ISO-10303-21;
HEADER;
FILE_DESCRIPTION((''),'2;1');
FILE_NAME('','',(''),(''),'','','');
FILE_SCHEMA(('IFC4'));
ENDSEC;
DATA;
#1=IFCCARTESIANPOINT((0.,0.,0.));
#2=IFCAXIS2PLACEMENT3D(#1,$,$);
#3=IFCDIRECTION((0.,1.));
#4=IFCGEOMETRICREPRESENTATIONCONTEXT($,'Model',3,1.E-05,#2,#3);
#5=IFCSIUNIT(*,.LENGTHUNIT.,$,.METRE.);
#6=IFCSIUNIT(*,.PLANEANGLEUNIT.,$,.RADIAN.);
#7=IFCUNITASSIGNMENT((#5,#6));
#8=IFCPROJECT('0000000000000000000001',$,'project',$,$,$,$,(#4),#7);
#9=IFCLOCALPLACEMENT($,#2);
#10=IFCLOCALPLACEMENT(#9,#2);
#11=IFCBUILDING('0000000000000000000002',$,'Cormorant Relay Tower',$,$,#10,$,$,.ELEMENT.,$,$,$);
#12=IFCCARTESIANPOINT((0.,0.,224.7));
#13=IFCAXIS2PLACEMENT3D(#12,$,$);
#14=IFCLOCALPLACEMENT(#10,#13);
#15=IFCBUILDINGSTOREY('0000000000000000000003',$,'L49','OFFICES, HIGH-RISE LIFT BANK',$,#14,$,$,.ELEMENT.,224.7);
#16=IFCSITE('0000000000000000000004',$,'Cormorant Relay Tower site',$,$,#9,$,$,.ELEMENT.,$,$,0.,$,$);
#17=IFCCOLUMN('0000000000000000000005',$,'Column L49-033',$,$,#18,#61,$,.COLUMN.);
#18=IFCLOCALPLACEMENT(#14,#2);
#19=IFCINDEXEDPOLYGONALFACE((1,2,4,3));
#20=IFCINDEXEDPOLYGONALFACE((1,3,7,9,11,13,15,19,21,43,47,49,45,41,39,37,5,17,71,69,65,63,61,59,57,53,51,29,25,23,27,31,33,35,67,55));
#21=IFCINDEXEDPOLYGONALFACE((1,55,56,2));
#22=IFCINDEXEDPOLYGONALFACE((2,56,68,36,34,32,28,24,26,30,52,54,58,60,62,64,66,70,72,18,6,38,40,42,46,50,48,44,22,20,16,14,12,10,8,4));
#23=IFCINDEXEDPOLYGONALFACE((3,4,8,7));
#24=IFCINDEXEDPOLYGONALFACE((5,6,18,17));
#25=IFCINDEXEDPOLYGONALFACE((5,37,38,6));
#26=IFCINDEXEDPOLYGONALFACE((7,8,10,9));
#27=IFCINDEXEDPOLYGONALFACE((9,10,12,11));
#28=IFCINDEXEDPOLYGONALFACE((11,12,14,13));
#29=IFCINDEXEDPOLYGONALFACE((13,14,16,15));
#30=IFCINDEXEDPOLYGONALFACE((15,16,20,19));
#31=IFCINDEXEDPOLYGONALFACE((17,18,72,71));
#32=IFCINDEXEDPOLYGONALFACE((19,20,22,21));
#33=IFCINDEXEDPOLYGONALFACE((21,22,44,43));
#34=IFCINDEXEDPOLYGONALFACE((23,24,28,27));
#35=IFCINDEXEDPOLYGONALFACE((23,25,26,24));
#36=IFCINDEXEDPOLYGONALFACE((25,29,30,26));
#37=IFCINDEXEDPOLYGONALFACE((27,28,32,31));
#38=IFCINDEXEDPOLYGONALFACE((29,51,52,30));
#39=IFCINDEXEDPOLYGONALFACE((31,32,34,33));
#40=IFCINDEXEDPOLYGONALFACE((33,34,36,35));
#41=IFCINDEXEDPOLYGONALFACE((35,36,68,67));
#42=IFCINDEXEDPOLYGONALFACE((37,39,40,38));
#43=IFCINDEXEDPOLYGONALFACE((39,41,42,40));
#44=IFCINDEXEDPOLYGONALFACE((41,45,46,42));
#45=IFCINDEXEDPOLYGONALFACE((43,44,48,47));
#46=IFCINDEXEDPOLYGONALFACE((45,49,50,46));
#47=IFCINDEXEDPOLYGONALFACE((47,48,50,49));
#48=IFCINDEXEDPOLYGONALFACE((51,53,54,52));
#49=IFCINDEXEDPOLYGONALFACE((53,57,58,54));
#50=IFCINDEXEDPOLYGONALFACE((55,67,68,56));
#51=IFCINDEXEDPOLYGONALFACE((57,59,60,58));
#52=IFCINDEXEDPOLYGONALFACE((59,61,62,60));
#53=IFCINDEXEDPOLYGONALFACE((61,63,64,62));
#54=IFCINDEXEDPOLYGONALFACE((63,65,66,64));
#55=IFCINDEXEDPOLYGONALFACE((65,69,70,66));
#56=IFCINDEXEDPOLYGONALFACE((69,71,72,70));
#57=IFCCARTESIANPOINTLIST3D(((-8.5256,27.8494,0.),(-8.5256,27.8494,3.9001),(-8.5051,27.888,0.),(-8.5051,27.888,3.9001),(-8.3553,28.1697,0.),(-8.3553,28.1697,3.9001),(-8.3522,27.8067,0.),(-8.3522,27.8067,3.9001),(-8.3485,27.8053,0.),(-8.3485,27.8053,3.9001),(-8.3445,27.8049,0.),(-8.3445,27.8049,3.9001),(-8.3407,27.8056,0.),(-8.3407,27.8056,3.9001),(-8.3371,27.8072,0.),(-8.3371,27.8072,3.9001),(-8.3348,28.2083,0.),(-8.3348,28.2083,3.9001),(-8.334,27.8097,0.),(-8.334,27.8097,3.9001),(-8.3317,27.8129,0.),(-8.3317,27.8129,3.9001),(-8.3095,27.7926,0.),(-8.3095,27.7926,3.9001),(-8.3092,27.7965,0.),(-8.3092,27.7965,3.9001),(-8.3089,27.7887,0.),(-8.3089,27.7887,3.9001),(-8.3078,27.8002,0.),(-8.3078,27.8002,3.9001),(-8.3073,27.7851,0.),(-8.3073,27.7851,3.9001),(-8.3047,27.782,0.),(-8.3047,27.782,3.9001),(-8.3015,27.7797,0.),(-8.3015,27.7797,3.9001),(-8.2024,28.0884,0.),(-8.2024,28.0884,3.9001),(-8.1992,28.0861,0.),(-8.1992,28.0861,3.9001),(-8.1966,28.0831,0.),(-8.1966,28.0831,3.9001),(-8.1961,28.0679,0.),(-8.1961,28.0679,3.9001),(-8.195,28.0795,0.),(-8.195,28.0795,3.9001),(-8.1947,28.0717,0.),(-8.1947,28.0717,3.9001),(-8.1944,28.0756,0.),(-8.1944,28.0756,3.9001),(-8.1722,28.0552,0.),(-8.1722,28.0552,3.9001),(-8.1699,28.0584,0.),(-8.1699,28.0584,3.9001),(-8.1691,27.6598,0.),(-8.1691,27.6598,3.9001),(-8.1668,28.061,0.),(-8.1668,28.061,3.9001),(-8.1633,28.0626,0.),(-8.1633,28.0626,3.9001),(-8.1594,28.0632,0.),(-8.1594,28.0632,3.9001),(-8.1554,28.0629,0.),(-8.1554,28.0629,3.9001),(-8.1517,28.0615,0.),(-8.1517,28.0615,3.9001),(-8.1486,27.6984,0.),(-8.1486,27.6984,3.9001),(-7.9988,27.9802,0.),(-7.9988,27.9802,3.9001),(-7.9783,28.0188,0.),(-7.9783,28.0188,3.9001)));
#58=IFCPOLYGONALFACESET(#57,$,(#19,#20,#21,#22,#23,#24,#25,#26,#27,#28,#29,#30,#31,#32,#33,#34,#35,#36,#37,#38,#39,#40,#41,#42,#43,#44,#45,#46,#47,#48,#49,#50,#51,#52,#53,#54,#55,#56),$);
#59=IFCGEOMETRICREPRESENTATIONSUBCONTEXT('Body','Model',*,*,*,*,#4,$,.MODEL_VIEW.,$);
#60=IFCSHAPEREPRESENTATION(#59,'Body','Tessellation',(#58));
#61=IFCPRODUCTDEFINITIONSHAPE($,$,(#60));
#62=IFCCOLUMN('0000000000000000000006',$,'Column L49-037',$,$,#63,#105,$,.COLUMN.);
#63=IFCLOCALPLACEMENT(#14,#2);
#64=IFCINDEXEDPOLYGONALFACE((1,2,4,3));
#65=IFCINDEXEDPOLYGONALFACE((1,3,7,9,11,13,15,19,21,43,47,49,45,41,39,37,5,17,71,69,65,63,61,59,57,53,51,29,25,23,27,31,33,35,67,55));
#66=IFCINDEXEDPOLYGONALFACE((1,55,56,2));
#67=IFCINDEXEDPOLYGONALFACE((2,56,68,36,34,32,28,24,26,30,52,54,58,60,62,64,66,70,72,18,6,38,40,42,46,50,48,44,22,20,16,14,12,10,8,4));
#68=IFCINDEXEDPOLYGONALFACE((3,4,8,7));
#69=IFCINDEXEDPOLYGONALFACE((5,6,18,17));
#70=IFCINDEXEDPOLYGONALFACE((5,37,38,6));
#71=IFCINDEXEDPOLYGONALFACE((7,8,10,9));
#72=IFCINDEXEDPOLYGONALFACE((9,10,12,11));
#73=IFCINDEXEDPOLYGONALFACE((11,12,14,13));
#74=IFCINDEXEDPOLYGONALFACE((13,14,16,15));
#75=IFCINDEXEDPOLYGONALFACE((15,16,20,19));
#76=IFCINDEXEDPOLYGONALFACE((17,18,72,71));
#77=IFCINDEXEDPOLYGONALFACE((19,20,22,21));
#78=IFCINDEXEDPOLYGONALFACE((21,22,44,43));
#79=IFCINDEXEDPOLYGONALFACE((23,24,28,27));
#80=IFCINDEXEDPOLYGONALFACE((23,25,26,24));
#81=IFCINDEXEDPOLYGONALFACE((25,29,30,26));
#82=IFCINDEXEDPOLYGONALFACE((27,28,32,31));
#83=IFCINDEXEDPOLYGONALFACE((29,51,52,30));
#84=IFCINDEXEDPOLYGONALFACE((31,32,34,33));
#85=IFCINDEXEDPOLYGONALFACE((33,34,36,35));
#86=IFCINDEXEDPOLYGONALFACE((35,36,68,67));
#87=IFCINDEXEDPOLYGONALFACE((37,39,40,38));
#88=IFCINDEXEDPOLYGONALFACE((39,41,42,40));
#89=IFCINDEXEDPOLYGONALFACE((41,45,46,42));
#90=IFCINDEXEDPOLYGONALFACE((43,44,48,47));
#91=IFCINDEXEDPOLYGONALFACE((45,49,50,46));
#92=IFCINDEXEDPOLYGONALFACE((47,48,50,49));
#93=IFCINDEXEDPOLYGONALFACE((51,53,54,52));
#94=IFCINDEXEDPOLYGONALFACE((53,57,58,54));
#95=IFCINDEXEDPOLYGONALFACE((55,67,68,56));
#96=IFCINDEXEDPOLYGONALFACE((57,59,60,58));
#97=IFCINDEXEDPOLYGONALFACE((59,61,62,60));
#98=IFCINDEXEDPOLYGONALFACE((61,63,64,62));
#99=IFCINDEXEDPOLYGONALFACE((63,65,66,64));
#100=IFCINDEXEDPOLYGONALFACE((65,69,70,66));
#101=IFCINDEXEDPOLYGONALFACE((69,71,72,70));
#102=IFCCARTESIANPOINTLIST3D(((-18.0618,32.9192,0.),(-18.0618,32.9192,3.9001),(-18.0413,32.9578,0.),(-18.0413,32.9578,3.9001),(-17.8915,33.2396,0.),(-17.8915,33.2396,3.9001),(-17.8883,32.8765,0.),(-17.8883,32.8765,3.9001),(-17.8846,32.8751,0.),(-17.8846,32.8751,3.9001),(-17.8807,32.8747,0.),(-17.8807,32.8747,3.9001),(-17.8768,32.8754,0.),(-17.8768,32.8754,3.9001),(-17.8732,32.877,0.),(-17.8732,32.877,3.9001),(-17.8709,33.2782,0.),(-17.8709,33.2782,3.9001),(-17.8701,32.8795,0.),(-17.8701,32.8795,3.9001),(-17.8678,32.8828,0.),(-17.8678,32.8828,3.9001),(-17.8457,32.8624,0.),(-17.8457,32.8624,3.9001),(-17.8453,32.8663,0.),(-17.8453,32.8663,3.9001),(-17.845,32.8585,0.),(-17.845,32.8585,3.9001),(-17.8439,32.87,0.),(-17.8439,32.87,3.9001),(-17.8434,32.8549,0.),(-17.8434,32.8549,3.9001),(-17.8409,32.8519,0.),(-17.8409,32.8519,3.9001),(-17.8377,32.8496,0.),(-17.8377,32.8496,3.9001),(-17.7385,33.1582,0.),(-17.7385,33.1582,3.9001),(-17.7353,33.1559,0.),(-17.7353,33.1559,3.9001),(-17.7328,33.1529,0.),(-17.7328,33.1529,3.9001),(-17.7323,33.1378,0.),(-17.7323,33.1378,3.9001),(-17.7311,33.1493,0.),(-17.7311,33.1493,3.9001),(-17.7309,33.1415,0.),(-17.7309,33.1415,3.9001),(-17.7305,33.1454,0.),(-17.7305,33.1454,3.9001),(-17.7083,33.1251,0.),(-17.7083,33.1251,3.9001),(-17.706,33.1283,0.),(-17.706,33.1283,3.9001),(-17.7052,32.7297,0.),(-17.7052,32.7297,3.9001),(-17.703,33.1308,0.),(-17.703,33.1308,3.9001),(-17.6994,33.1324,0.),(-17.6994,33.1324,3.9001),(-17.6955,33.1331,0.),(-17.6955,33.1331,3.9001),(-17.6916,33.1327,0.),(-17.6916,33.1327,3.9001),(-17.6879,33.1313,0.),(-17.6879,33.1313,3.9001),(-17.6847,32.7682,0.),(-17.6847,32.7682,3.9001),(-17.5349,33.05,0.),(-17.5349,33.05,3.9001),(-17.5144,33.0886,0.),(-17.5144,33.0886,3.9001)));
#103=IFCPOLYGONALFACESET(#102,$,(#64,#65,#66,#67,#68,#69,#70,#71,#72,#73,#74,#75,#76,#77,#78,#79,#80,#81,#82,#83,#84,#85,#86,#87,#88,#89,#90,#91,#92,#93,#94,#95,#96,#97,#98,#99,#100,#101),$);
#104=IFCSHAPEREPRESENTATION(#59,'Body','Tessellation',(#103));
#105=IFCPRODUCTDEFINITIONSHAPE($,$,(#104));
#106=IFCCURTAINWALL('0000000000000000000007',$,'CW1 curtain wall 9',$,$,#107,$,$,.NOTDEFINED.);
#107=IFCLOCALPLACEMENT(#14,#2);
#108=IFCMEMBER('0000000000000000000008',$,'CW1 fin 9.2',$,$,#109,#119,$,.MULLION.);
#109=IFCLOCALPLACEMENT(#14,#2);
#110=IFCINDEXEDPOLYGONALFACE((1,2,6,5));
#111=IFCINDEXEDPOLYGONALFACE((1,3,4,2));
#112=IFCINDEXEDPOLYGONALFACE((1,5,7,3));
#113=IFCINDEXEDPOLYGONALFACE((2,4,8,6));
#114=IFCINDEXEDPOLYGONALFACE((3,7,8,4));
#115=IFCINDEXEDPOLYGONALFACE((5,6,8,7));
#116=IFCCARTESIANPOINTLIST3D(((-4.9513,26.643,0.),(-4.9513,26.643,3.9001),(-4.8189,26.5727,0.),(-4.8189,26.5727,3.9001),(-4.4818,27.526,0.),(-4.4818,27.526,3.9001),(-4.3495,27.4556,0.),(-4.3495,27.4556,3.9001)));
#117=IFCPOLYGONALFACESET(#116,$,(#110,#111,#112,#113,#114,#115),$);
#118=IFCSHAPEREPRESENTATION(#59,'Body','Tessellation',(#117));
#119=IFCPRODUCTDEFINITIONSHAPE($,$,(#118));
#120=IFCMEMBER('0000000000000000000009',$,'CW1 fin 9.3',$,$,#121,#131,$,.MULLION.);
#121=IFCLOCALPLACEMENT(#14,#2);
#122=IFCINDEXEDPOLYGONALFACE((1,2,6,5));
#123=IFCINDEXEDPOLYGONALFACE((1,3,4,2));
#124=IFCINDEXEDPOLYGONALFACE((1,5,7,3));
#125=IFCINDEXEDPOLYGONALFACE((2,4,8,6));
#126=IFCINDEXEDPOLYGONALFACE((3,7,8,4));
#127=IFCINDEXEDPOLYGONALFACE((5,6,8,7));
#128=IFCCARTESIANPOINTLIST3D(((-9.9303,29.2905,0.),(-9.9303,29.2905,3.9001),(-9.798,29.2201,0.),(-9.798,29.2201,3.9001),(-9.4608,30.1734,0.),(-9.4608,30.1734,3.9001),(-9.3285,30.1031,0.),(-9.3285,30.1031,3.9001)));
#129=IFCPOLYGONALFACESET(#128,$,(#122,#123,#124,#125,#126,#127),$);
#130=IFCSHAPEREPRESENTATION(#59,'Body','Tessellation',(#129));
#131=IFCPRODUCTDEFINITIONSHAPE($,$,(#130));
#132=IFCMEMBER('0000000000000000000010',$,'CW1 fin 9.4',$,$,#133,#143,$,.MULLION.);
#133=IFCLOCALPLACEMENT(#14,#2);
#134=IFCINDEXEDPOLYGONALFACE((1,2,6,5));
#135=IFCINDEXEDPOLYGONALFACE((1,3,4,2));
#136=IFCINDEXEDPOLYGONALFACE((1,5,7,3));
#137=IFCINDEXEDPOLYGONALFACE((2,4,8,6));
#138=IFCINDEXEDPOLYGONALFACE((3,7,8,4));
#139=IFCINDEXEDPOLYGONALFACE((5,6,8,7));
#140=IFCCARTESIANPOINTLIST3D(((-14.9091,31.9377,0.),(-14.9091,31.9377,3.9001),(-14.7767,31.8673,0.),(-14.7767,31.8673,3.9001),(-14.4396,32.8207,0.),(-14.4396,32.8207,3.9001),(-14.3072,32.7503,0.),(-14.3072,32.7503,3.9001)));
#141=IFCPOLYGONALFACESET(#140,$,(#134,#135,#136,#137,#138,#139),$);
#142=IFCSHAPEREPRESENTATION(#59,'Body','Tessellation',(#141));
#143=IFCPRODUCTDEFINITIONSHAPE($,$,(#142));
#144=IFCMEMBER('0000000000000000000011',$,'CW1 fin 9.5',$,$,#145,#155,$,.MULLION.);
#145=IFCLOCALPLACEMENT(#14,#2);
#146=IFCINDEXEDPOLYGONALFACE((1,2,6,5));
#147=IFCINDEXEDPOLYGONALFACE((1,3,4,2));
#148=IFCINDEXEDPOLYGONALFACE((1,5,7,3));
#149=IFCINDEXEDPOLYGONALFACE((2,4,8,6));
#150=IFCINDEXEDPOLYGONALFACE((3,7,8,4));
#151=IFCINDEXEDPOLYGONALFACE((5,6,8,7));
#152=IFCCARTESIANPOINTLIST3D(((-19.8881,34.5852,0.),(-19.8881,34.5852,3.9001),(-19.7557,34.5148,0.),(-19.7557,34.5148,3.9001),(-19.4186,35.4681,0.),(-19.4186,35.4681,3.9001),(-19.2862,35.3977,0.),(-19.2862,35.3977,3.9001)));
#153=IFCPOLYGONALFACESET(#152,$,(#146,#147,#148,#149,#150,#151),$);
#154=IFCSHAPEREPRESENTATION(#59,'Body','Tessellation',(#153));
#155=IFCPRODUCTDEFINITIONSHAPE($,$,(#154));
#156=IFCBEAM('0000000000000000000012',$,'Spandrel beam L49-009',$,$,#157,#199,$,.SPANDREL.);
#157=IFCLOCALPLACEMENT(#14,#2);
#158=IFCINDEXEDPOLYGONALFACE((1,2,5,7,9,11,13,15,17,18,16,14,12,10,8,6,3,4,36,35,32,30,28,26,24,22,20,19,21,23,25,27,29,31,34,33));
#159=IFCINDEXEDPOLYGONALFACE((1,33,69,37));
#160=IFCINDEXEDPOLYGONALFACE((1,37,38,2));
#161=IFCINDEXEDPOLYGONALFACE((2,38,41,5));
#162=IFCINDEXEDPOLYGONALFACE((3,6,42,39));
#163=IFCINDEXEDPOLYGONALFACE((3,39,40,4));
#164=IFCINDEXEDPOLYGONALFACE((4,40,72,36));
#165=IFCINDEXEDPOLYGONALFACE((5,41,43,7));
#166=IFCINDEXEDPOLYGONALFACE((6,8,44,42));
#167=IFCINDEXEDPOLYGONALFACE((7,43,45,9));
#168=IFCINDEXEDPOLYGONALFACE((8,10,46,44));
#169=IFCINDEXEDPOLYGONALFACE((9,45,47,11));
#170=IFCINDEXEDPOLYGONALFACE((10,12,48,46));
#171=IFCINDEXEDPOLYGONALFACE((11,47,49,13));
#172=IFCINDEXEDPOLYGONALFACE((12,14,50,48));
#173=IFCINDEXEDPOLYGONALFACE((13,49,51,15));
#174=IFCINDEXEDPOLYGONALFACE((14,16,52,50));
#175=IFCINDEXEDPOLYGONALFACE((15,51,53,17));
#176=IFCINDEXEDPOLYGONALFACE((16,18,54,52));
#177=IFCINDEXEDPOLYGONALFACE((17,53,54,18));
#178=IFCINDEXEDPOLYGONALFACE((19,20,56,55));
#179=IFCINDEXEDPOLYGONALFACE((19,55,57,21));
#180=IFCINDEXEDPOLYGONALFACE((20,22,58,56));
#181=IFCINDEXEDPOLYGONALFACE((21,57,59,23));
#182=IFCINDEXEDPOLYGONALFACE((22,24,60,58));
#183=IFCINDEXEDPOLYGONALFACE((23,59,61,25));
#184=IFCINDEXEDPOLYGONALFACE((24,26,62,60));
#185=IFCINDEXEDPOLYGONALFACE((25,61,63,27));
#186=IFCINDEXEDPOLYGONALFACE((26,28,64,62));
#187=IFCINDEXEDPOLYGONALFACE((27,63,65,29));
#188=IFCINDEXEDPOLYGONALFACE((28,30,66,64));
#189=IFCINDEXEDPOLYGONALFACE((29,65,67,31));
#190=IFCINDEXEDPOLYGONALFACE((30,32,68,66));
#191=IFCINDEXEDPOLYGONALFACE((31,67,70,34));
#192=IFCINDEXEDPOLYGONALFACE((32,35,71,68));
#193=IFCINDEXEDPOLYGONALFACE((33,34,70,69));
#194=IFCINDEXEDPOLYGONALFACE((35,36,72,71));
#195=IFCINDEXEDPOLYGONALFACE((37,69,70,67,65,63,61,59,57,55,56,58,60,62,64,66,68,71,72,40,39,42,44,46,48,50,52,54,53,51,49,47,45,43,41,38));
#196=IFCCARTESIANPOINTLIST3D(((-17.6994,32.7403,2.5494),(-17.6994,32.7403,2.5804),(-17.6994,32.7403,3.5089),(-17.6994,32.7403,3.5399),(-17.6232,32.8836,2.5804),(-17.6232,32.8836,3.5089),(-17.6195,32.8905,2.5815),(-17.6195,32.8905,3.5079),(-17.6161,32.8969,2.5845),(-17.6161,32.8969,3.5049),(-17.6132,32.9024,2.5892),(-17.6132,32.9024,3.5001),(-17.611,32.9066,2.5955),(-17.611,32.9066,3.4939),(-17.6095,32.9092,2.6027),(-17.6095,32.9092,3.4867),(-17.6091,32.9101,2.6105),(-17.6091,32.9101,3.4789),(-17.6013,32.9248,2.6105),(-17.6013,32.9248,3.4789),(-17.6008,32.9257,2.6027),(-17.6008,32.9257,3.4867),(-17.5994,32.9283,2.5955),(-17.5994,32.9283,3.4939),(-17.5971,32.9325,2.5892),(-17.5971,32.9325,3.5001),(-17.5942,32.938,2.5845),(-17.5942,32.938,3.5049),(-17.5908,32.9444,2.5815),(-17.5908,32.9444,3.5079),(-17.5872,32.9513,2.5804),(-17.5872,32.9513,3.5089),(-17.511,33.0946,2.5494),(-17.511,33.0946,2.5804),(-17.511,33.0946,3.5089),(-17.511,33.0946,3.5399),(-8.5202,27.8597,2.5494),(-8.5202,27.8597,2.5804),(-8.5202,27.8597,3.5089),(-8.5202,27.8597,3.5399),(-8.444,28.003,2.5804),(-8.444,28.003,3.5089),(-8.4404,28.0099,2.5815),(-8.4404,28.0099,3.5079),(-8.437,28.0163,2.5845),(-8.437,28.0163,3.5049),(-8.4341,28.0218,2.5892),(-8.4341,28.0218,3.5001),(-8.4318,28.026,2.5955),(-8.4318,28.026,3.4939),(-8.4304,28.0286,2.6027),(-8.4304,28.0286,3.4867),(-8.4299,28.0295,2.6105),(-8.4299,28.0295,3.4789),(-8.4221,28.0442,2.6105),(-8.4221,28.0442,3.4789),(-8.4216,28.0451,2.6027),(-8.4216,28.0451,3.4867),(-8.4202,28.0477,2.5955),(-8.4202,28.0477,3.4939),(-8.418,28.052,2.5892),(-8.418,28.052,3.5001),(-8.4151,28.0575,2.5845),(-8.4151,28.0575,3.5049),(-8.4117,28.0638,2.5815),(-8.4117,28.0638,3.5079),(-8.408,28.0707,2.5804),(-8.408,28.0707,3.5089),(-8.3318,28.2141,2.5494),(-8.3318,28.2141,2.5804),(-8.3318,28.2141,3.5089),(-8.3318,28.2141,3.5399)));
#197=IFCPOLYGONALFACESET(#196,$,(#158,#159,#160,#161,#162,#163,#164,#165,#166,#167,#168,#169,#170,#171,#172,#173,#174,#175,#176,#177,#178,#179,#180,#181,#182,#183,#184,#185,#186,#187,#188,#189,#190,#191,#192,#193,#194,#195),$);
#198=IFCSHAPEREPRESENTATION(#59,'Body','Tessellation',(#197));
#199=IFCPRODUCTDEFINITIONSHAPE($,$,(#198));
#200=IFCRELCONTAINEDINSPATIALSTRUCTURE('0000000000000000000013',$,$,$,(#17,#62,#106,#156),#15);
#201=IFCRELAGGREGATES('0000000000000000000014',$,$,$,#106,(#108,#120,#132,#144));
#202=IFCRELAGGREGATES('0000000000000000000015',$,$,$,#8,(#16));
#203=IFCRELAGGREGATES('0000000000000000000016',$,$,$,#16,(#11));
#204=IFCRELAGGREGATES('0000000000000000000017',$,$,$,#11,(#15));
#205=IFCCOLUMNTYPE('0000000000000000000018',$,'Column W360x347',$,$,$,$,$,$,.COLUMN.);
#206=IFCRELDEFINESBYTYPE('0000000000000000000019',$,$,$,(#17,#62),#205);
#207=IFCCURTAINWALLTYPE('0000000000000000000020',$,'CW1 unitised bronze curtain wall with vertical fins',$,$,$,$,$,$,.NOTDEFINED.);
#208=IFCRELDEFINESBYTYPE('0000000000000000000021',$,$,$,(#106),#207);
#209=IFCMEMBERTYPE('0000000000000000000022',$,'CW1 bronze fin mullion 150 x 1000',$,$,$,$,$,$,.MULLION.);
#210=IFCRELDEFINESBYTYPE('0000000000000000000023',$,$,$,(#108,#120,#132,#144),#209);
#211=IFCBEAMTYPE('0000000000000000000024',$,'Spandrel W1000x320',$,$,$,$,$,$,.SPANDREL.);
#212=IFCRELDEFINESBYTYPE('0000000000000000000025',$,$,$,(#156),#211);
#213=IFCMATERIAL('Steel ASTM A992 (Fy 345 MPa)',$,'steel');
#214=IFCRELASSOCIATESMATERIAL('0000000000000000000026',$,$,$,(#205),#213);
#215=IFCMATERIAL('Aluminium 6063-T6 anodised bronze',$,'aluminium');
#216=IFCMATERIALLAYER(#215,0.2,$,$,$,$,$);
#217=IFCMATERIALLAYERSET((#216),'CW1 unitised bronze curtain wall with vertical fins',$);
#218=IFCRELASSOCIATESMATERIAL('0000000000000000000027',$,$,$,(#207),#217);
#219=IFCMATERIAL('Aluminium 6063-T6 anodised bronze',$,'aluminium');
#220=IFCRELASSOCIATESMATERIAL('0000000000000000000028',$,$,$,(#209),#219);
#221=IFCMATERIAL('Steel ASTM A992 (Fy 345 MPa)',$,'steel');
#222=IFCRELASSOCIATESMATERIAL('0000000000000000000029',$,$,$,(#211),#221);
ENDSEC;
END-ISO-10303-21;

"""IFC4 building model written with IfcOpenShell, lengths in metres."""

from ifc_helpers import new_model, si_unit, direction, frame, origin, origin_2d, place, context, subcontext, project, spatial, rectangle, i_section, extrude, material, layer, layer_set, material_profile, profile_set, type_object, element, aggregate, save


model = new_model("IFC4")

# Units and contexts
model_context = context("Model", 3, precision=1e-05, world=origin(), true_north=direction((0.0, 1.0)))
body_context = subcontext(model_context, "Body", "Model", "MODEL_VIEW")
ifc_project = project(units=[si_unit("LENGTHUNIT", "METRE"), si_unit("PLANEANGLEUNIT", "RADIAN")], contexts=[model_context])

# Site, building, storey
site_placement = place(None, origin())
site = spatial("IfcSite", under=ifc_project, at=site_placement, Name="Cormorant Relay Tower site", CompositionType="ELEMENT", RefElevation=0.0)
building_placement = place(site_placement, origin())
building = spatial("IfcBuilding", under=site, at=building_placement, Name="Cormorant Relay Tower", CompositionType="ELEMENT")
storey_placement = place(building_placement, frame((0.0, 0.0, 224.7)))
storey = spatial("IfcBuildingStorey", under=building, at=storey_placement, Name="L49", Description="OFFICES, HIGH-RISE LIFT BANK", CompositionType="ELEMENT", Elevation=224.7)

# Columns
ifc_material_1 = material(Name="Steel ASTM A992 (Fy 345 MPa)", Category="steel")
ifc_material_profile_1 = material_profile(ifc_material_1, i_section(OverallWidth=0.4038, OverallDepth=0.4065, WebThickness=0.0271, FlangeThickness=0.0437, FilletRadius=0.0151, at=origin_2d()), Name="W360x347")
ifc_profile_set_1 = profile_set([ifc_material_profile_1], Name="Steel ASTM A992 (Fy 345 MPa)")
column_type = type_object("IfcColumnType", Name="Column W360x347", PredefinedType="COLUMN", material=ifc_profile_set_1)
for number, where, z_axis, x_axis, name in (
    (1, (-8.252, 27.9341, 0.0), (0.0, 0.0, 1.0), (-0.882948, 0.469472, 0.0), "Column L49-033"),
    (2, (-17.7881, 33.0039, 0.0), (0.0, 0.0, 1.0), (-0.882948, 0.469472, 0.0), "Column L49-037"),
):
    element("IfcColumn", number, at=place(storey_placement, frame(where, z_axis=z_axis, x_axis=x_axis)), inside=storey, type_object=column_type, Name=name, PredefinedType="COLUMN", context=body_context, shape_type="SweptSolid", body=[
        extrude(i_section(OverallWidth=0.4038, OverallDepth=0.4065, WebThickness=0.0271, FlangeThickness=0.0437, FilletRadius=0.0151, at=origin_2d()), origin(), (0.0, 0.0, 1.0), 3.9001),
    ])

# Curtain wall, members
ifc_material_2 = material(Name="Aluminium 6063-T6 anodised bronze", Category="aluminium")
ifc_layer_1 = layer(ifc_material_2, 0.2)
ifc_layer_set_1 = layer_set([ifc_layer_1], Name="CW1 unitised bronze curtain wall with vertical fins")
curtain_wall_type = type_object("IfcCurtainWallType", Name="CW1 unitised bronze curtain wall with vertical fins", PredefinedType="NOTDEFINED", material=ifc_layer_set_1)
curtain_wall_placement = place(storey_placement, origin())
curtain_wall = element("IfcCurtainWall", 3, at=curtain_wall_placement, inside=storey, type_object=curtain_wall_type, Name="CW1 curtain wall 9", PredefinedType="NOTDEFINED")
ifc_material_3 = material(Name="Aluminium 6063-T6 anodised bronze", Category="aluminium")
ifc_material_profile_2 = material_profile(ifc_material_3, rectangle(XDim=0.1499, YDim=1.0, at=origin_2d()), Name="AL 150x1000")
ifc_profile_set_2 = profile_set([ifc_material_profile_2], Name="Aluminium 6063-T6 anodised bronze")
member_type = type_object("IfcMemberType", Name="CW1 bronze fin mullion 150 x 1000", PredefinedType="MULLION", material=ifc_profile_set_2)
member_1_placement = place(storey_placement, frame((-4.6504, 27.0493, 0.0), z_axis=(0.0, 0.0, 1.0), x_axis=(-0.882948, 0.469472, 0.0)))
member_1 = element("IfcMember", 4, at=member_1_placement, type_object=member_type, Name="CW1 fin 9.2", PredefinedType="MULLION", context=body_context, shape_type="SweptSolid", body=[
    extrude(rectangle(XDim=0.1499, YDim=1.0, at=origin_2d()), origin(), (0.0, 0.0, 1.0), 3.9001),
])
member_2_placement = place(storey_placement, frame((-9.6294, 29.6968, 0.0), z_axis=(0.0, 0.0, 1.0), x_axis=(-0.882948, 0.469472, 0.0)))
member_2 = element("IfcMember", 5, at=member_2_placement, type_object=member_type, Name="CW1 fin 9.3", PredefinedType="MULLION", context=body_context, shape_type="SweptSolid", body=[
    extrude(rectangle(XDim=0.1499, YDim=1.0, at=origin_2d()), origin(), (0.0, 0.0, 1.0), 3.9001),
])
member_3_placement = place(storey_placement, frame((-14.6082, 32.344, 0.0), z_axis=(0.0, 0.0, 1.0), x_axis=(-0.882948, 0.469472, 0.0)))
member_3 = element("IfcMember", 6, at=member_3_placement, type_object=member_type, Name="CW1 fin 9.4", PredefinedType="MULLION", context=body_context, shape_type="SweptSolid", body=[
    extrude(rectangle(XDim=0.1499, YDim=1.0, at=origin_2d()), origin(), (0.0, 0.0, 1.0), 3.9001),
])
member_4_placement = place(storey_placement, frame((-19.5872, 34.9915, 0.0), z_axis=(0.0, 0.0, 1.0), x_axis=(-0.882948, 0.469472, 0.0)))
member_4 = element("IfcMember", 7, at=member_4_placement, type_object=member_type, Name="CW1 fin 9.5", PredefinedType="MULLION", context=body_context, shape_type="SweptSolid", body=[
    extrude(rectangle(XDim=0.1499, YDim=1.0, at=origin_2d()), origin(), (0.0, 0.0, 1.0), 3.9001),
])

# Beam
ifc_material_4 = material(Name="Steel ASTM A992 (Fy 345 MPa)", Category="steel")
ifc_material_profile_3 = material_profile(ifc_material_4, i_section(OverallWidth=0.4014, OverallDepth=0.9905, WebThickness=0.0166, FlangeThickness=0.031, FilletRadius=0.03, at=origin_2d()), Name="W1000x320")
ifc_profile_set_3 = profile_set([ifc_material_profile_3], Name="Steel ASTM A992 (Fy 345 MPa)")
beam_type_1 = type_object("IfcBeamType", Name="Spandrel W1000x320", PredefinedType="SPANDREL", material=ifc_profile_set_3)
beam_1_placement = place(storey_placement, frame((-8.426, 28.0369, 3.0447), z_axis=(-0.88295, 0.469468, 0.0), x_axis=(-0.469468, -0.88295, 0.0)))
element("IfcBeam", 8, at=beam_1_placement, inside=storey, type_object=beam_type_1, Name="Spandrel beam L49-009", PredefinedType="SPANDREL", context=body_context, shape_type="SweptSolid", body=[
    extrude(i_section(OverallWidth=0.4014, OverallDepth=0.9905, WebThickness=0.0166, FlangeThickness=0.031, FilletRadius=0.03, at=origin_2d()), origin(), (0.0, 0.0, 1.0), 10.396),
])

aggregate(curtain_wall, [member_1, member_2, member_3, member_4])

save(model, "model.ifc")
